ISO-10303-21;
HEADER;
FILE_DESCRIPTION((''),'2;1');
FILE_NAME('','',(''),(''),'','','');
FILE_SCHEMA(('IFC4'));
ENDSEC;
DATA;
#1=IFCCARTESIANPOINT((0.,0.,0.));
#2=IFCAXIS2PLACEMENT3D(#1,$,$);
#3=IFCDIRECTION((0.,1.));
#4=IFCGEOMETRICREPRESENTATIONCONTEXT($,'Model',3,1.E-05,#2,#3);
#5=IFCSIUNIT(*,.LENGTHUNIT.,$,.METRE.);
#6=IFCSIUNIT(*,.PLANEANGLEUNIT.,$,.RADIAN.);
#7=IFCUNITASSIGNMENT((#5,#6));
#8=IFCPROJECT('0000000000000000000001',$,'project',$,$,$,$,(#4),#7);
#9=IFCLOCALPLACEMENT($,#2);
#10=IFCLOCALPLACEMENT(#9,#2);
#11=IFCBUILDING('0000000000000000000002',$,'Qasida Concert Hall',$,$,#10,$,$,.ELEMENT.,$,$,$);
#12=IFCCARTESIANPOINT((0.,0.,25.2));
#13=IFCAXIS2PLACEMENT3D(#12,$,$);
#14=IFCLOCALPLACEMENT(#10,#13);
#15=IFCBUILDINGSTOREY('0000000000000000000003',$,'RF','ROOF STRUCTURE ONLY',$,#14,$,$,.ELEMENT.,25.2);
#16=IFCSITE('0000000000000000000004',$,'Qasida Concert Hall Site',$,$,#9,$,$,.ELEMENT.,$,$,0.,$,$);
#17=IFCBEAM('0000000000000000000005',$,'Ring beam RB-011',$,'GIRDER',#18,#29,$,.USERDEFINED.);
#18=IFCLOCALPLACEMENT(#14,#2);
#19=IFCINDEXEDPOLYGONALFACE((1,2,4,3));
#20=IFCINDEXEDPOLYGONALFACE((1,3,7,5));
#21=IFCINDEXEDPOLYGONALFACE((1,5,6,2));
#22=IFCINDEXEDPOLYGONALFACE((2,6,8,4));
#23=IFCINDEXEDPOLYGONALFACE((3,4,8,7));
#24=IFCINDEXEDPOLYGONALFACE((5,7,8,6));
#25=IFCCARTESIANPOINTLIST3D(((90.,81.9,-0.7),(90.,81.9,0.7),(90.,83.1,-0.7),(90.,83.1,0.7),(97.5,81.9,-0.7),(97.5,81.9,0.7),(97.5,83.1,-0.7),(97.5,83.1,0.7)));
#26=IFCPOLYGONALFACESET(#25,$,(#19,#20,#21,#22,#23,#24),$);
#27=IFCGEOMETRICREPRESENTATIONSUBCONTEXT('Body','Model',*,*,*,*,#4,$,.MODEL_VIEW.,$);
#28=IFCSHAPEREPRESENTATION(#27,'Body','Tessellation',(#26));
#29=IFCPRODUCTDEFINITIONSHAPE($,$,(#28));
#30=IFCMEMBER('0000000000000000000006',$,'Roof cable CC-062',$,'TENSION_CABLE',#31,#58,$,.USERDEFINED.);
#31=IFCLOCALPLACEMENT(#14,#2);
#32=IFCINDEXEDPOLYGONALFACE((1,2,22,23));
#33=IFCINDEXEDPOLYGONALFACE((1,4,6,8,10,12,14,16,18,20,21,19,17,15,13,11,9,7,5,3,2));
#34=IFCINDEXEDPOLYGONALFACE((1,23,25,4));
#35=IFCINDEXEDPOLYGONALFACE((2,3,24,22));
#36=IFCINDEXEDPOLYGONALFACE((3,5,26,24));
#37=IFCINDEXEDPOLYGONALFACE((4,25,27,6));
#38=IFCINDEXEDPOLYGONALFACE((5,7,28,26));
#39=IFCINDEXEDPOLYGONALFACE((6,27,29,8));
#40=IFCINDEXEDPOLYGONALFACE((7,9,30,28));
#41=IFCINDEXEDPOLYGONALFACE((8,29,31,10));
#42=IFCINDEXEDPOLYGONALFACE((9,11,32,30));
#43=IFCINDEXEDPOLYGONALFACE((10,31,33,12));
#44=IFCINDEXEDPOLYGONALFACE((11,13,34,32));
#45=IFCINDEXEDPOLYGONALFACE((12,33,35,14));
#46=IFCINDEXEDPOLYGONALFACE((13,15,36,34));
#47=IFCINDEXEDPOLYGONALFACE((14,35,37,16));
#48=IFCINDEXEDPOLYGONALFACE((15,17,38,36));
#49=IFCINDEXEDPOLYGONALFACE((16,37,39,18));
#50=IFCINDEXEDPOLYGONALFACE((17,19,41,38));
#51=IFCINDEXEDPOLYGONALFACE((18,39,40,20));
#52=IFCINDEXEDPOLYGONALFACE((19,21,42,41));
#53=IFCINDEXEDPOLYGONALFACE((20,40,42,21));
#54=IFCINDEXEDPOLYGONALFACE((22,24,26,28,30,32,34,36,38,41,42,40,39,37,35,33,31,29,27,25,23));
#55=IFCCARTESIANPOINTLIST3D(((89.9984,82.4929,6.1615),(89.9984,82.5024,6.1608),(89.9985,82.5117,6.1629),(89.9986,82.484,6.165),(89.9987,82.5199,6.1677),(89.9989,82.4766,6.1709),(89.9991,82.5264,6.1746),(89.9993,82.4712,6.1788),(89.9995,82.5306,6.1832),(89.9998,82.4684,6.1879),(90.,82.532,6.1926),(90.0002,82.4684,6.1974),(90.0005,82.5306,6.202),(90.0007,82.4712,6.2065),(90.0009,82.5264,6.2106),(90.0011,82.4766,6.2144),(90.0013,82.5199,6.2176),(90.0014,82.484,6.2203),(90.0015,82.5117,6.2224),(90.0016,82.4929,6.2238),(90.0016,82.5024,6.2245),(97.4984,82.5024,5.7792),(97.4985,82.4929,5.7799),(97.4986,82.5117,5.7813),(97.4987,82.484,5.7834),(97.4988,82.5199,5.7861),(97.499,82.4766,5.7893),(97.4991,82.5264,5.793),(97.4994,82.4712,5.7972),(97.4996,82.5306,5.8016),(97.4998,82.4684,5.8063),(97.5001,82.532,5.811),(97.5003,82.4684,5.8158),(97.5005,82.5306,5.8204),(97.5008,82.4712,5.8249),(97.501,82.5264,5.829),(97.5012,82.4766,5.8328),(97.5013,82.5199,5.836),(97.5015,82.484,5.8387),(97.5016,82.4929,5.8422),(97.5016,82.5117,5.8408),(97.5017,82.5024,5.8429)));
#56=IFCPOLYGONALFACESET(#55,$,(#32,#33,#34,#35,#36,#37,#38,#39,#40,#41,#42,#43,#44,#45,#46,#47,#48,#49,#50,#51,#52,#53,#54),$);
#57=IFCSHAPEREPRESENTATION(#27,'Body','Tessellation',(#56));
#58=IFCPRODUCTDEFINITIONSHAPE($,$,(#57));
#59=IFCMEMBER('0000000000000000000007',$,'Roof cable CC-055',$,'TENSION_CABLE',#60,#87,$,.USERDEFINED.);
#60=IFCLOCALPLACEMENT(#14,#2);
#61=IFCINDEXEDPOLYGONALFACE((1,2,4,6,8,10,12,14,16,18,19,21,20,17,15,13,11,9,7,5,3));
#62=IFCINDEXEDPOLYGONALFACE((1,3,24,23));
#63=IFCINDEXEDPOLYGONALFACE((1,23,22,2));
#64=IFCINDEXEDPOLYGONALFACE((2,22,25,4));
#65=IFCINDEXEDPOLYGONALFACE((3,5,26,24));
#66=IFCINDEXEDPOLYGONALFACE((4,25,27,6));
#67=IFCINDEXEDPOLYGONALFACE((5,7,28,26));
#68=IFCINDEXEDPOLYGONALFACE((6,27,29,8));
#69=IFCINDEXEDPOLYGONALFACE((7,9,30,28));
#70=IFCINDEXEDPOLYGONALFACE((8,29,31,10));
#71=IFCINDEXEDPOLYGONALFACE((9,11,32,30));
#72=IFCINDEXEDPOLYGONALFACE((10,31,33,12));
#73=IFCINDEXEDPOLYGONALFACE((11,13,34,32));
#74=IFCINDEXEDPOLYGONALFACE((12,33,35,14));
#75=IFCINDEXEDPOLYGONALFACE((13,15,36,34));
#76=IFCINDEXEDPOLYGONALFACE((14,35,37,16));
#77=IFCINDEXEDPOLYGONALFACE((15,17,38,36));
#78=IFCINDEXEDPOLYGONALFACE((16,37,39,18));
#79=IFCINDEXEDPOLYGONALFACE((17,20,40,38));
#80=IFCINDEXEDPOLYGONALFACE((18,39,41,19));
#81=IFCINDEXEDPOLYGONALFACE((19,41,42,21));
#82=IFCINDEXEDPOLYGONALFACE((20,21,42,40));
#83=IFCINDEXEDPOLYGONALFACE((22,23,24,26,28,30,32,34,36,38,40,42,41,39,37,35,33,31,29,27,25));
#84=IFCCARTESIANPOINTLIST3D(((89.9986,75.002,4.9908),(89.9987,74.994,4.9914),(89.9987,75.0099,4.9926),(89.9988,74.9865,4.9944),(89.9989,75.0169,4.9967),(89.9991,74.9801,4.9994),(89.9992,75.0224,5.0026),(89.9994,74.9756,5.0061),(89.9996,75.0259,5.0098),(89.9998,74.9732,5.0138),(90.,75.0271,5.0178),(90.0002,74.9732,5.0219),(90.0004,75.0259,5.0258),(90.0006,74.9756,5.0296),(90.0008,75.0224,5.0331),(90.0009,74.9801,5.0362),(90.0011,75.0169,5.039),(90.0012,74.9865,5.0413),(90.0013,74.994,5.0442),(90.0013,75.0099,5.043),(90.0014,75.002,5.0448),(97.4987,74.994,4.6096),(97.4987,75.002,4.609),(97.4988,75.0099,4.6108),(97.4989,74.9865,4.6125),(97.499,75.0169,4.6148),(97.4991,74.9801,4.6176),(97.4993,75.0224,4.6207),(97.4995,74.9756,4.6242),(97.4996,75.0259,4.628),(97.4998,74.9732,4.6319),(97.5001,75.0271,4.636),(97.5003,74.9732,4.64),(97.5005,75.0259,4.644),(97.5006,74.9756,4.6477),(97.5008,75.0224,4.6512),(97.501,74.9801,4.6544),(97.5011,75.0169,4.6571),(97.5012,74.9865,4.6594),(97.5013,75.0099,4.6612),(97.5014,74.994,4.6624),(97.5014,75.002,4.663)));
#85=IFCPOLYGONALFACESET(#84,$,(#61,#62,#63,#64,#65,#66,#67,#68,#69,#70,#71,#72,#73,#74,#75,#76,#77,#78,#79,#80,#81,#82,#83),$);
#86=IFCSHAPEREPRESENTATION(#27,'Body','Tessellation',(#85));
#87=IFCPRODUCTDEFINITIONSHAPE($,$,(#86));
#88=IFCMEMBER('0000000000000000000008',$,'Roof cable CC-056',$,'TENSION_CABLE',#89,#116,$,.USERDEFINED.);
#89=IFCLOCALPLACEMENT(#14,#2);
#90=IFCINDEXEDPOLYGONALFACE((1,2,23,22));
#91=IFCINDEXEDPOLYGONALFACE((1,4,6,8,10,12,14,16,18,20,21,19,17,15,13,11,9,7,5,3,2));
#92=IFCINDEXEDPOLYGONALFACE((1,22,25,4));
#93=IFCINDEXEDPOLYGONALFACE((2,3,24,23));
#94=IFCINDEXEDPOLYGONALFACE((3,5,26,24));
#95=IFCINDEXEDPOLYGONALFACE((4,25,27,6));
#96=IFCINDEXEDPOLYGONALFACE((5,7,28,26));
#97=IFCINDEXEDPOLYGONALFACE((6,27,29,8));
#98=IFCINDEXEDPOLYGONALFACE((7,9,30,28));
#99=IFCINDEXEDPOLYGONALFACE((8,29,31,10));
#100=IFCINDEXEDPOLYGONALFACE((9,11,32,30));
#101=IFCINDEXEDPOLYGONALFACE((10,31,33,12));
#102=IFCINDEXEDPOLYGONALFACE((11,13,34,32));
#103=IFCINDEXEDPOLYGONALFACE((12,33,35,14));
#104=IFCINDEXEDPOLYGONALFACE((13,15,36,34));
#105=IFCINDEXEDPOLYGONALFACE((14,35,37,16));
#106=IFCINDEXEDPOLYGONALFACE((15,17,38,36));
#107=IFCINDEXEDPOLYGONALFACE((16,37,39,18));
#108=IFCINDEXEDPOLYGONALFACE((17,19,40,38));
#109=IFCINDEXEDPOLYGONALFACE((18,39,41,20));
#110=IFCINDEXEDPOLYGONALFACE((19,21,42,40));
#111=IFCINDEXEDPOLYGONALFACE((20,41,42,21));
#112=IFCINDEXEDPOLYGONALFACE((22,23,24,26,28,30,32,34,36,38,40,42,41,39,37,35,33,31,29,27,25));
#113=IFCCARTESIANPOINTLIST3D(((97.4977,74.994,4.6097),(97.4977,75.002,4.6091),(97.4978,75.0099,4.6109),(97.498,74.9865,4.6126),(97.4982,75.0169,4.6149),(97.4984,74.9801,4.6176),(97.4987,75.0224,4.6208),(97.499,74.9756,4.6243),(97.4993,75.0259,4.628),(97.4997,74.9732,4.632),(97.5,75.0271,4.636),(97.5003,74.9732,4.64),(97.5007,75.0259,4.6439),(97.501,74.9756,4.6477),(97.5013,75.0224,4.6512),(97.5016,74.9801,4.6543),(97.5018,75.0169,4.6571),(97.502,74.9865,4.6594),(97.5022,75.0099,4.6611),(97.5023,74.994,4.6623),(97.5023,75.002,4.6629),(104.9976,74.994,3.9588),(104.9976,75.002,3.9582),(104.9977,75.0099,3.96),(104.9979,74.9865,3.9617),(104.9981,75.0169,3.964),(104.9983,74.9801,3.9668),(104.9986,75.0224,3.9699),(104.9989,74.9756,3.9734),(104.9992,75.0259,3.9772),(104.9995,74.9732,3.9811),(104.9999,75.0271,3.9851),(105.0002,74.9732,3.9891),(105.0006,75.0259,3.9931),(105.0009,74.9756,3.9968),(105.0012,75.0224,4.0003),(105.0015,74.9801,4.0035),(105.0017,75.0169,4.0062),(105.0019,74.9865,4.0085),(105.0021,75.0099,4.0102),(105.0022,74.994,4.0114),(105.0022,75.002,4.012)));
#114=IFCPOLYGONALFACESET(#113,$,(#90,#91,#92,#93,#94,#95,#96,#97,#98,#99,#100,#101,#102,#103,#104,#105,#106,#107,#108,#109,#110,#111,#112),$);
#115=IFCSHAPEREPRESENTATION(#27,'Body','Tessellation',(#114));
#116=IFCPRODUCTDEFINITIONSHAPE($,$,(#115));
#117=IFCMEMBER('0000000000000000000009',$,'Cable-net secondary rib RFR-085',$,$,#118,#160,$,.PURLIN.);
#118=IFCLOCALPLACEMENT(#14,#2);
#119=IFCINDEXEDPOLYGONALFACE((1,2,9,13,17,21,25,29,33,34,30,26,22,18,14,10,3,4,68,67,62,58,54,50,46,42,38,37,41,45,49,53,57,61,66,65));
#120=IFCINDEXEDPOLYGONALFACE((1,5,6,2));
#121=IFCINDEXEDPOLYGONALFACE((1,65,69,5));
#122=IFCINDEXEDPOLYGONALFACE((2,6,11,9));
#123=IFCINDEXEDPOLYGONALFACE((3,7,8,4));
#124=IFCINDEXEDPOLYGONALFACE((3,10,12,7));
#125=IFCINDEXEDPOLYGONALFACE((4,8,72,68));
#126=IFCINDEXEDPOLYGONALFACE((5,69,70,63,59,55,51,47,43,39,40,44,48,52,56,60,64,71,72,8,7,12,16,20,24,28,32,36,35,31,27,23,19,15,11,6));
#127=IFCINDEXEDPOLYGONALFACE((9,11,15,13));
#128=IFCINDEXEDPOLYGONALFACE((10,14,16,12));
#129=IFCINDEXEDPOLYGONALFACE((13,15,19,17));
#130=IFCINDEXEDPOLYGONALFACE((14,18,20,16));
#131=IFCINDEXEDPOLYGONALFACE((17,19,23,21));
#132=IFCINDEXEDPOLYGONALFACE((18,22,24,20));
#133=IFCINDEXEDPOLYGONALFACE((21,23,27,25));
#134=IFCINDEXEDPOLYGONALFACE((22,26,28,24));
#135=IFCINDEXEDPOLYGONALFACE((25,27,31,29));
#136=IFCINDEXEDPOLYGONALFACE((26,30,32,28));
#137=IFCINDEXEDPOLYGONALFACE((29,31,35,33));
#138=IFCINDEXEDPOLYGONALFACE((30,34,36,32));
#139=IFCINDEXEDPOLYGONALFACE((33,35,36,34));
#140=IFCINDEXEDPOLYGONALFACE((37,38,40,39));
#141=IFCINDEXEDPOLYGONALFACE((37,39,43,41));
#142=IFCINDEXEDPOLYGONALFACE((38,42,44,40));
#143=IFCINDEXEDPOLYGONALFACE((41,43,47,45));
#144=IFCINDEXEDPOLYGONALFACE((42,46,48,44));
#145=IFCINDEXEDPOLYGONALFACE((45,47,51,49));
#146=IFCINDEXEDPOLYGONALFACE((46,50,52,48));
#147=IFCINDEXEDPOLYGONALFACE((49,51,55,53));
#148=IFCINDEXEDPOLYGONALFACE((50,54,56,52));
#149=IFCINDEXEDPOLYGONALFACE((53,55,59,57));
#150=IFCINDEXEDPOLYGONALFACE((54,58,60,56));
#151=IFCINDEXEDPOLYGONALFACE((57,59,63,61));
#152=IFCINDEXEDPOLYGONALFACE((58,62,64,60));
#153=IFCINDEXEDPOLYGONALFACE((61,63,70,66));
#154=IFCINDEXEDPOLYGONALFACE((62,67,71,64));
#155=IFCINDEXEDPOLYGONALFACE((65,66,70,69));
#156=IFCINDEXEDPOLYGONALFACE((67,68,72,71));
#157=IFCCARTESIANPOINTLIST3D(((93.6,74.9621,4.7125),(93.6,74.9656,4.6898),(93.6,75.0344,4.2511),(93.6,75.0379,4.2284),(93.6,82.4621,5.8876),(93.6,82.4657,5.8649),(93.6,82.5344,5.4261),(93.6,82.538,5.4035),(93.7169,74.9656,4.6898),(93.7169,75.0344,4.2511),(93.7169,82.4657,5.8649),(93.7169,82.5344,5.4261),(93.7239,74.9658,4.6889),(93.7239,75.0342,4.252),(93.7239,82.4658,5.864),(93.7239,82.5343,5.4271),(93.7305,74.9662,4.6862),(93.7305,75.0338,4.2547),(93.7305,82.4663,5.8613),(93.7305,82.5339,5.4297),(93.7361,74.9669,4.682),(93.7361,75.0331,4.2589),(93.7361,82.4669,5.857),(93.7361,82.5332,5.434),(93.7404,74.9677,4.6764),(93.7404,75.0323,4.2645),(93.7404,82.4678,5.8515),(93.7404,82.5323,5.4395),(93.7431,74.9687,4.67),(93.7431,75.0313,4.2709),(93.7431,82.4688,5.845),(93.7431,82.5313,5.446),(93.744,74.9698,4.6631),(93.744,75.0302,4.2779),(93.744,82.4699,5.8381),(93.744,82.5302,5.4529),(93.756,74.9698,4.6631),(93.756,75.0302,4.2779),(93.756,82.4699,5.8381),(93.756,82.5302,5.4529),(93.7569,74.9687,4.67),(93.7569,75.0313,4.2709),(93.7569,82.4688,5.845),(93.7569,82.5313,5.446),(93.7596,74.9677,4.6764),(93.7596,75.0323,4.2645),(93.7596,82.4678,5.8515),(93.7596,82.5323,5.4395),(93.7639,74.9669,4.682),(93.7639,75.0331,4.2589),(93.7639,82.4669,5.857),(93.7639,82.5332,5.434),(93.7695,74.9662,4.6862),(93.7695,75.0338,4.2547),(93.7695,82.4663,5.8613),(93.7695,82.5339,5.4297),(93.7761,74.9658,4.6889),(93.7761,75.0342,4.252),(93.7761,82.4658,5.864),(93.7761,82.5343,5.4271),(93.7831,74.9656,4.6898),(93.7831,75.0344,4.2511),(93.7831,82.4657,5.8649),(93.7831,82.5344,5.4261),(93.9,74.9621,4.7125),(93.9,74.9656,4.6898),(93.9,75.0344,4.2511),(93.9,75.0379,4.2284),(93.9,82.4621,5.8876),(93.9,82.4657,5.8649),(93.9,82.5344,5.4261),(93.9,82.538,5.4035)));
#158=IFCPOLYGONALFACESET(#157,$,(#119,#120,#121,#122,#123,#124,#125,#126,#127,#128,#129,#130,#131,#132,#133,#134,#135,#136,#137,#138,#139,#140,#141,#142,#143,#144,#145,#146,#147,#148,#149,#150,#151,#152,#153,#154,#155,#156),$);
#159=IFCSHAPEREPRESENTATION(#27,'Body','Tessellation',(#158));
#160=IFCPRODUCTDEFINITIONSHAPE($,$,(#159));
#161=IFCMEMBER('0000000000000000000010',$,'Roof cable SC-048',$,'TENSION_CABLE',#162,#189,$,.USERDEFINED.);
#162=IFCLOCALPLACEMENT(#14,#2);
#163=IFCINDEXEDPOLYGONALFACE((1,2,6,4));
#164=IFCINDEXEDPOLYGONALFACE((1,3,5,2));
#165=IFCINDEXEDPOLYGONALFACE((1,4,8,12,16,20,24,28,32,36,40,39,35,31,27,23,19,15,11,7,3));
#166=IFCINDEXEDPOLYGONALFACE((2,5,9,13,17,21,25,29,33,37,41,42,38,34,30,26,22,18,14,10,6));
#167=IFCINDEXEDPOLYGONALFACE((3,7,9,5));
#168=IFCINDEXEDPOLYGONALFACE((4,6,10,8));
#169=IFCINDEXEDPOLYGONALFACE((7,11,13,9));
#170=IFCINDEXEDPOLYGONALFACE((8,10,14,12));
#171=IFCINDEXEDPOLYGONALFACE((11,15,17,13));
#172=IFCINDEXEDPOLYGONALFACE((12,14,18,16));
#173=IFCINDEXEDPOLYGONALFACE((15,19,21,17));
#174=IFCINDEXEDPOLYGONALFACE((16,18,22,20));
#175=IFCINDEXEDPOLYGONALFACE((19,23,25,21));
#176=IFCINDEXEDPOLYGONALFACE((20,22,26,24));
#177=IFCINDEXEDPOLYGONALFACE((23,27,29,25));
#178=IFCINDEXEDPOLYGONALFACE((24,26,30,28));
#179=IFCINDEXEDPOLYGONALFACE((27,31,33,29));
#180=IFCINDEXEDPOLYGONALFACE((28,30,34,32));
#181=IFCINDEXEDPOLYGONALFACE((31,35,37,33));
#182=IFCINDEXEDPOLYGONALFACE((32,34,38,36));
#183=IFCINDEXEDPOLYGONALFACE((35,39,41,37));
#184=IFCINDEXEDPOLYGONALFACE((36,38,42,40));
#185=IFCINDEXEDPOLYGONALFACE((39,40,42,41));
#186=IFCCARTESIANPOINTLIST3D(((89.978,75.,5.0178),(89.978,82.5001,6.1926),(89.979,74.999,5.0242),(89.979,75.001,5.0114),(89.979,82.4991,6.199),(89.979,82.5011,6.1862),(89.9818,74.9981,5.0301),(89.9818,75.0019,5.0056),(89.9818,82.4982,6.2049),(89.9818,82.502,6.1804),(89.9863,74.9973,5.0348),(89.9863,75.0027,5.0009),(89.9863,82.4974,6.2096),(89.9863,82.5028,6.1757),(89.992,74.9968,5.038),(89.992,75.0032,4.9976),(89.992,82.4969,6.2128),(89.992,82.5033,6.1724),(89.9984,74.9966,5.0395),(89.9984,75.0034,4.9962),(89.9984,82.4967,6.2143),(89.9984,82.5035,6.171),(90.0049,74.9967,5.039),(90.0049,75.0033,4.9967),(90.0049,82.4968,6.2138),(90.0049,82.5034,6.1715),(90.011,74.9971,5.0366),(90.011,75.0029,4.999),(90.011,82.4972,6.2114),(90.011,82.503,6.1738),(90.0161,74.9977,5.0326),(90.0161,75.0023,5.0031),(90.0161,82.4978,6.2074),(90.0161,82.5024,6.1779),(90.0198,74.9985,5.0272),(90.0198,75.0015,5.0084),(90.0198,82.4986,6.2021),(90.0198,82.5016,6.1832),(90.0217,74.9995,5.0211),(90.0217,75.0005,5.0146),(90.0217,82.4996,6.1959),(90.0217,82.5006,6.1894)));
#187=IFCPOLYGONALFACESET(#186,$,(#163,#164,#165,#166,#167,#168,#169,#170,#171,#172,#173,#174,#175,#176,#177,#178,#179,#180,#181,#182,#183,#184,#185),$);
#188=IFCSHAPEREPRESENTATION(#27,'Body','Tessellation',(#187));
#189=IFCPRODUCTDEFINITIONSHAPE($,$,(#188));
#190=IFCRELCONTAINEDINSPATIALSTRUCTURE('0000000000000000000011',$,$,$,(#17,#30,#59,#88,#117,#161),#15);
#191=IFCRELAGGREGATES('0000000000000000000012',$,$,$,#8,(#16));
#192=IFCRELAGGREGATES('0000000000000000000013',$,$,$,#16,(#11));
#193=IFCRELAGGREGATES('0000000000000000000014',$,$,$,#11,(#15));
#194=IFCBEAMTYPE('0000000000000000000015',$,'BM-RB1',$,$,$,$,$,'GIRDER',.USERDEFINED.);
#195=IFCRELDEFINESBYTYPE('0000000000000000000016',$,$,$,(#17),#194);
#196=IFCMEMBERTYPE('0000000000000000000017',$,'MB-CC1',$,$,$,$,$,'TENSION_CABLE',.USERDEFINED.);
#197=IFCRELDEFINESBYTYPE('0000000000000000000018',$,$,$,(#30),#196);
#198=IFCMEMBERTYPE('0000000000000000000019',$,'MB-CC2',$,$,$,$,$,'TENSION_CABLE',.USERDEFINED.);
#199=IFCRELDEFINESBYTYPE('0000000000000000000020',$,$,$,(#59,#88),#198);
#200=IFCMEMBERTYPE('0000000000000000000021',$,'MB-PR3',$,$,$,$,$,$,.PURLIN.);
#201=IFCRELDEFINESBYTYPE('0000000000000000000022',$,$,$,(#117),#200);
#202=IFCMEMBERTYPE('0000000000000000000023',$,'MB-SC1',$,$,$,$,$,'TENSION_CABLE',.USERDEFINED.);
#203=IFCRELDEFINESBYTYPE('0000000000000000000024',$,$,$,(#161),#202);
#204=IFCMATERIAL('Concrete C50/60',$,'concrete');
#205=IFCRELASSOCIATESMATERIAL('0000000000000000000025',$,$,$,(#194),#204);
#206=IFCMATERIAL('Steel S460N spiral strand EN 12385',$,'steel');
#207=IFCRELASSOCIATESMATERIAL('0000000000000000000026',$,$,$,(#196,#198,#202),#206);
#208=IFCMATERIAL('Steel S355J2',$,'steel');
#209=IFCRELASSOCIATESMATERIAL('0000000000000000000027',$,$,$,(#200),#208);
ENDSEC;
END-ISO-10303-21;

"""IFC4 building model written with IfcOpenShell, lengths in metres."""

from ifc_helpers import new_model, si_unit, direction, frame, origin, origin_2d, place, context, subcontext, project, spatial, rectangle, circle, i_section, extrude, material, material_profile, profile_set, type_object, element, save


model = new_model("IFC4")

# Units and contexts
model_context = context("Model", 3, precision=1e-05, world=origin(), true_north=direction((0.0, 1.0)))
body_context = subcontext(model_context, "Body", "Model", "MODEL_VIEW")
ifc_project = project(units=[si_unit("LENGTHUNIT", "METRE"), si_unit("PLANEANGLEUNIT", "RADIAN")], contexts=[model_context])

# Site, building, storey
site_placement = place(None, origin())
site = spatial("IfcSite", under=ifc_project, at=site_placement, Name="Qasida Concert Hall Site", CompositionType="ELEMENT", RefElevation=0.0)
building_placement = place(site_placement, origin())
building = spatial("IfcBuilding", under=site, at=building_placement, Name="Qasida Concert Hall", CompositionType="ELEMENT")
storey_placement = place(building_placement, frame((0.0, 0.0, 25.2)))
storey = spatial("IfcBuildingStorey", under=building, at=storey_placement, Name="RF", Description="ROOF STRUCTURE ONLY", CompositionType="ELEMENT", Elevation=25.2)

# Beam
ifc_material_1 = material(Name="Concrete C50/60", Category="concrete")
ifc_material_profile_1 = material_profile(ifc_material_1, rectangle(XDim=1.2, YDim=1.3999, at=origin_2d()), Name="RC 1200x1400")
ifc_profile_set_1 = profile_set([ifc_material_profile_1], Name="Concrete C50/60")
beam_type = type_object("IfcBeamType", Name="BM-RB1", ElementType="GIRDER", PredefinedType="USERDEFINED", material=ifc_profile_set_1)
beam_placement = place(storey_placement, frame((90.0, 82.5, 0.0), z_axis=(1.0, 0.0, 0.0), x_axis=(0.0, 1.0, 0.0)))
element("IfcBeam", 1, at=beam_placement, inside=storey, type_object=beam_type, Name="Ring beam RB-011", ObjectType="GIRDER", PredefinedType="USERDEFINED", context=body_context, shape_type="SweptSolid", body=[
    extrude(rectangle(XDim=1.2, YDim=1.3999, at=origin_2d()), origin(), (0.0, 0.0, 1.0), 7.5),
])

# Members
ifc_material_2 = material(Name="Steel S460N spiral strand EN 12385", Category="steel")
ifc_material_profile_2 = material_profile(ifc_material_2, circle(Radius=0.032, at=origin_2d()), Name="STRAND D64")
ifc_profile_set_2 = profile_set([ifc_material_profile_2], Name="Steel S460N spiral strand EN 12385")
member_type_1 = type_object("IfcMemberType", Name="MB-CC1", ElementType="TENSION_CABLE", PredefinedType="USERDEFINED", material=ifc_profile_set_2)
member_1_placement = place(storey_placement, frame((90.0, 82.5, 6.1926), z_axis=(0.998708, 0.0, -0.050813), x_axis=(0.0, 1.0, 0.0)))
element("IfcMember", 2, at=member_1_placement, inside=storey, type_object=member_type_1, Name="Roof cable CC-062", ObjectType="TENSION_CABLE", PredefinedType="USERDEFINED", context=body_context, shape_type="SweptSolid", body=[
    extrude(circle(Radius=0.032, at=origin_2d()), origin(), (0.0, 0.0, 1.0), 7.5098),
])
ifc_material_profile_3 = material_profile(ifc_material_2, circle(Radius=0.0271, at=origin_2d()), Name="STRAND D54")
ifc_profile_set_3 = profile_set([ifc_material_profile_3], Name="Steel S460N spiral strand EN 12385")
member_type_2 = type_object("IfcMemberType", Name="MB-CC2", ElementType="TENSION_CABLE", PredefinedType="USERDEFINED", material=ifc_profile_set_3)
member_2_placement = place(storey_placement, frame((90.0, 75.0, 5.0178), z_axis=(0.998707, 0.0, -0.050846), x_axis=(0.0, 1.0, 0.0)))
element("IfcMember", 3, at=member_2_placement, inside=storey, type_object=member_type_2, Name="Roof cable CC-055", ObjectType="TENSION_CABLE", PredefinedType="USERDEFINED", context=body_context, shape_type="SweptSolid", body=[
    extrude(circle(Radius=0.0271, at=origin_2d()), origin(), (0.0, 0.0, 1.0), 7.5098),
])
member_3_placement = place(storey_placement, frame((97.5, 75.0, 4.636), z_axis=(0.996255, 0.0, -0.086459), x_axis=(0.0, 1.0, 0.0)))
element("IfcMember", 4, at=member_3_placement, inside=storey, type_object=member_type_2, Name="Roof cable CC-056", ObjectType="TENSION_CABLE", PredefinedType="USERDEFINED", context=body_context, shape_type="SweptSolid", body=[
    extrude(circle(Radius=0.0271, at=origin_2d()), origin(), (0.0, 0.0, 1.0), 7.5281),
])
ifc_material_3 = material(Name="Steel S355J2", Category="steel")
ifc_material_profile_4 = material_profile(ifc_material_3, i_section(OverallWidth=0.3, OverallDepth=0.49, WebThickness=0.012, FlangeThickness=0.0229, FilletRadius=0.0271, at=origin_2d()), Name="HEA 500")
ifc_profile_set_4 = profile_set([ifc_material_profile_4], Name="Steel S355J2")
member_type_3 = type_object("IfcMemberType", Name="MB-PR3", PredefinedType="PURLIN", material=ifc_profile_set_4)
member_4_placement = place(storey_placement, frame((93.75, 75.0, 4.4705), z_axis=(0.0, 0.987948, 0.154785), x_axis=(-1.0, 0.0, 0.0)))
element("IfcMember", 5, at=member_4_placement, inside=storey, type_object=member_type_3, Name="Cable-net secondary rib RFR-085", PredefinedType="PURLIN", context=body_context, shape_type="SweptSolid", body=[
    extrude(i_section(OverallWidth=0.3, OverallDepth=0.49, WebThickness=0.012, FlangeThickness=0.0229, FilletRadius=0.0271, at=origin_2d()), origin(), (0.0, 0.0, 1.0), 7.5916),
])
ifc_material_profile_5 = material_profile(ifc_material_2, circle(Radius=0.022, at=origin_2d()), Name="STRAND D44")
ifc_profile_set_5 = profile_set([ifc_material_profile_5], Name="Steel S460N spiral strand EN 12385")
member_type_4 = type_object("IfcMemberType", Name="MB-SC1", ElementType="TENSION_CABLE", PredefinedType="USERDEFINED", material=ifc_profile_set_5)
for number, where, z_axis, x_axis, name in (
    (6, (90.0, 75.0, 5.0178), (0.0, 0.987953, 0.154754), (-1.0, 0.0, 0.0), "Roof cable SC-048"),
):
    element("IfcMember", number, at=place(storey_placement, frame(where, z_axis=z_axis, x_axis=x_axis)), inside=storey, type_object=member_type_4, Name=name, ObjectType="TENSION_CABLE", PredefinedType="USERDEFINED", context=body_context, shape_type="SweptSolid", body=[
        extrude(circle(Radius=0.022, at=origin_2d()), origin(), (0.0, 0.0, 1.0), 7.5916),
    ])

save(model, "model.ifc")
